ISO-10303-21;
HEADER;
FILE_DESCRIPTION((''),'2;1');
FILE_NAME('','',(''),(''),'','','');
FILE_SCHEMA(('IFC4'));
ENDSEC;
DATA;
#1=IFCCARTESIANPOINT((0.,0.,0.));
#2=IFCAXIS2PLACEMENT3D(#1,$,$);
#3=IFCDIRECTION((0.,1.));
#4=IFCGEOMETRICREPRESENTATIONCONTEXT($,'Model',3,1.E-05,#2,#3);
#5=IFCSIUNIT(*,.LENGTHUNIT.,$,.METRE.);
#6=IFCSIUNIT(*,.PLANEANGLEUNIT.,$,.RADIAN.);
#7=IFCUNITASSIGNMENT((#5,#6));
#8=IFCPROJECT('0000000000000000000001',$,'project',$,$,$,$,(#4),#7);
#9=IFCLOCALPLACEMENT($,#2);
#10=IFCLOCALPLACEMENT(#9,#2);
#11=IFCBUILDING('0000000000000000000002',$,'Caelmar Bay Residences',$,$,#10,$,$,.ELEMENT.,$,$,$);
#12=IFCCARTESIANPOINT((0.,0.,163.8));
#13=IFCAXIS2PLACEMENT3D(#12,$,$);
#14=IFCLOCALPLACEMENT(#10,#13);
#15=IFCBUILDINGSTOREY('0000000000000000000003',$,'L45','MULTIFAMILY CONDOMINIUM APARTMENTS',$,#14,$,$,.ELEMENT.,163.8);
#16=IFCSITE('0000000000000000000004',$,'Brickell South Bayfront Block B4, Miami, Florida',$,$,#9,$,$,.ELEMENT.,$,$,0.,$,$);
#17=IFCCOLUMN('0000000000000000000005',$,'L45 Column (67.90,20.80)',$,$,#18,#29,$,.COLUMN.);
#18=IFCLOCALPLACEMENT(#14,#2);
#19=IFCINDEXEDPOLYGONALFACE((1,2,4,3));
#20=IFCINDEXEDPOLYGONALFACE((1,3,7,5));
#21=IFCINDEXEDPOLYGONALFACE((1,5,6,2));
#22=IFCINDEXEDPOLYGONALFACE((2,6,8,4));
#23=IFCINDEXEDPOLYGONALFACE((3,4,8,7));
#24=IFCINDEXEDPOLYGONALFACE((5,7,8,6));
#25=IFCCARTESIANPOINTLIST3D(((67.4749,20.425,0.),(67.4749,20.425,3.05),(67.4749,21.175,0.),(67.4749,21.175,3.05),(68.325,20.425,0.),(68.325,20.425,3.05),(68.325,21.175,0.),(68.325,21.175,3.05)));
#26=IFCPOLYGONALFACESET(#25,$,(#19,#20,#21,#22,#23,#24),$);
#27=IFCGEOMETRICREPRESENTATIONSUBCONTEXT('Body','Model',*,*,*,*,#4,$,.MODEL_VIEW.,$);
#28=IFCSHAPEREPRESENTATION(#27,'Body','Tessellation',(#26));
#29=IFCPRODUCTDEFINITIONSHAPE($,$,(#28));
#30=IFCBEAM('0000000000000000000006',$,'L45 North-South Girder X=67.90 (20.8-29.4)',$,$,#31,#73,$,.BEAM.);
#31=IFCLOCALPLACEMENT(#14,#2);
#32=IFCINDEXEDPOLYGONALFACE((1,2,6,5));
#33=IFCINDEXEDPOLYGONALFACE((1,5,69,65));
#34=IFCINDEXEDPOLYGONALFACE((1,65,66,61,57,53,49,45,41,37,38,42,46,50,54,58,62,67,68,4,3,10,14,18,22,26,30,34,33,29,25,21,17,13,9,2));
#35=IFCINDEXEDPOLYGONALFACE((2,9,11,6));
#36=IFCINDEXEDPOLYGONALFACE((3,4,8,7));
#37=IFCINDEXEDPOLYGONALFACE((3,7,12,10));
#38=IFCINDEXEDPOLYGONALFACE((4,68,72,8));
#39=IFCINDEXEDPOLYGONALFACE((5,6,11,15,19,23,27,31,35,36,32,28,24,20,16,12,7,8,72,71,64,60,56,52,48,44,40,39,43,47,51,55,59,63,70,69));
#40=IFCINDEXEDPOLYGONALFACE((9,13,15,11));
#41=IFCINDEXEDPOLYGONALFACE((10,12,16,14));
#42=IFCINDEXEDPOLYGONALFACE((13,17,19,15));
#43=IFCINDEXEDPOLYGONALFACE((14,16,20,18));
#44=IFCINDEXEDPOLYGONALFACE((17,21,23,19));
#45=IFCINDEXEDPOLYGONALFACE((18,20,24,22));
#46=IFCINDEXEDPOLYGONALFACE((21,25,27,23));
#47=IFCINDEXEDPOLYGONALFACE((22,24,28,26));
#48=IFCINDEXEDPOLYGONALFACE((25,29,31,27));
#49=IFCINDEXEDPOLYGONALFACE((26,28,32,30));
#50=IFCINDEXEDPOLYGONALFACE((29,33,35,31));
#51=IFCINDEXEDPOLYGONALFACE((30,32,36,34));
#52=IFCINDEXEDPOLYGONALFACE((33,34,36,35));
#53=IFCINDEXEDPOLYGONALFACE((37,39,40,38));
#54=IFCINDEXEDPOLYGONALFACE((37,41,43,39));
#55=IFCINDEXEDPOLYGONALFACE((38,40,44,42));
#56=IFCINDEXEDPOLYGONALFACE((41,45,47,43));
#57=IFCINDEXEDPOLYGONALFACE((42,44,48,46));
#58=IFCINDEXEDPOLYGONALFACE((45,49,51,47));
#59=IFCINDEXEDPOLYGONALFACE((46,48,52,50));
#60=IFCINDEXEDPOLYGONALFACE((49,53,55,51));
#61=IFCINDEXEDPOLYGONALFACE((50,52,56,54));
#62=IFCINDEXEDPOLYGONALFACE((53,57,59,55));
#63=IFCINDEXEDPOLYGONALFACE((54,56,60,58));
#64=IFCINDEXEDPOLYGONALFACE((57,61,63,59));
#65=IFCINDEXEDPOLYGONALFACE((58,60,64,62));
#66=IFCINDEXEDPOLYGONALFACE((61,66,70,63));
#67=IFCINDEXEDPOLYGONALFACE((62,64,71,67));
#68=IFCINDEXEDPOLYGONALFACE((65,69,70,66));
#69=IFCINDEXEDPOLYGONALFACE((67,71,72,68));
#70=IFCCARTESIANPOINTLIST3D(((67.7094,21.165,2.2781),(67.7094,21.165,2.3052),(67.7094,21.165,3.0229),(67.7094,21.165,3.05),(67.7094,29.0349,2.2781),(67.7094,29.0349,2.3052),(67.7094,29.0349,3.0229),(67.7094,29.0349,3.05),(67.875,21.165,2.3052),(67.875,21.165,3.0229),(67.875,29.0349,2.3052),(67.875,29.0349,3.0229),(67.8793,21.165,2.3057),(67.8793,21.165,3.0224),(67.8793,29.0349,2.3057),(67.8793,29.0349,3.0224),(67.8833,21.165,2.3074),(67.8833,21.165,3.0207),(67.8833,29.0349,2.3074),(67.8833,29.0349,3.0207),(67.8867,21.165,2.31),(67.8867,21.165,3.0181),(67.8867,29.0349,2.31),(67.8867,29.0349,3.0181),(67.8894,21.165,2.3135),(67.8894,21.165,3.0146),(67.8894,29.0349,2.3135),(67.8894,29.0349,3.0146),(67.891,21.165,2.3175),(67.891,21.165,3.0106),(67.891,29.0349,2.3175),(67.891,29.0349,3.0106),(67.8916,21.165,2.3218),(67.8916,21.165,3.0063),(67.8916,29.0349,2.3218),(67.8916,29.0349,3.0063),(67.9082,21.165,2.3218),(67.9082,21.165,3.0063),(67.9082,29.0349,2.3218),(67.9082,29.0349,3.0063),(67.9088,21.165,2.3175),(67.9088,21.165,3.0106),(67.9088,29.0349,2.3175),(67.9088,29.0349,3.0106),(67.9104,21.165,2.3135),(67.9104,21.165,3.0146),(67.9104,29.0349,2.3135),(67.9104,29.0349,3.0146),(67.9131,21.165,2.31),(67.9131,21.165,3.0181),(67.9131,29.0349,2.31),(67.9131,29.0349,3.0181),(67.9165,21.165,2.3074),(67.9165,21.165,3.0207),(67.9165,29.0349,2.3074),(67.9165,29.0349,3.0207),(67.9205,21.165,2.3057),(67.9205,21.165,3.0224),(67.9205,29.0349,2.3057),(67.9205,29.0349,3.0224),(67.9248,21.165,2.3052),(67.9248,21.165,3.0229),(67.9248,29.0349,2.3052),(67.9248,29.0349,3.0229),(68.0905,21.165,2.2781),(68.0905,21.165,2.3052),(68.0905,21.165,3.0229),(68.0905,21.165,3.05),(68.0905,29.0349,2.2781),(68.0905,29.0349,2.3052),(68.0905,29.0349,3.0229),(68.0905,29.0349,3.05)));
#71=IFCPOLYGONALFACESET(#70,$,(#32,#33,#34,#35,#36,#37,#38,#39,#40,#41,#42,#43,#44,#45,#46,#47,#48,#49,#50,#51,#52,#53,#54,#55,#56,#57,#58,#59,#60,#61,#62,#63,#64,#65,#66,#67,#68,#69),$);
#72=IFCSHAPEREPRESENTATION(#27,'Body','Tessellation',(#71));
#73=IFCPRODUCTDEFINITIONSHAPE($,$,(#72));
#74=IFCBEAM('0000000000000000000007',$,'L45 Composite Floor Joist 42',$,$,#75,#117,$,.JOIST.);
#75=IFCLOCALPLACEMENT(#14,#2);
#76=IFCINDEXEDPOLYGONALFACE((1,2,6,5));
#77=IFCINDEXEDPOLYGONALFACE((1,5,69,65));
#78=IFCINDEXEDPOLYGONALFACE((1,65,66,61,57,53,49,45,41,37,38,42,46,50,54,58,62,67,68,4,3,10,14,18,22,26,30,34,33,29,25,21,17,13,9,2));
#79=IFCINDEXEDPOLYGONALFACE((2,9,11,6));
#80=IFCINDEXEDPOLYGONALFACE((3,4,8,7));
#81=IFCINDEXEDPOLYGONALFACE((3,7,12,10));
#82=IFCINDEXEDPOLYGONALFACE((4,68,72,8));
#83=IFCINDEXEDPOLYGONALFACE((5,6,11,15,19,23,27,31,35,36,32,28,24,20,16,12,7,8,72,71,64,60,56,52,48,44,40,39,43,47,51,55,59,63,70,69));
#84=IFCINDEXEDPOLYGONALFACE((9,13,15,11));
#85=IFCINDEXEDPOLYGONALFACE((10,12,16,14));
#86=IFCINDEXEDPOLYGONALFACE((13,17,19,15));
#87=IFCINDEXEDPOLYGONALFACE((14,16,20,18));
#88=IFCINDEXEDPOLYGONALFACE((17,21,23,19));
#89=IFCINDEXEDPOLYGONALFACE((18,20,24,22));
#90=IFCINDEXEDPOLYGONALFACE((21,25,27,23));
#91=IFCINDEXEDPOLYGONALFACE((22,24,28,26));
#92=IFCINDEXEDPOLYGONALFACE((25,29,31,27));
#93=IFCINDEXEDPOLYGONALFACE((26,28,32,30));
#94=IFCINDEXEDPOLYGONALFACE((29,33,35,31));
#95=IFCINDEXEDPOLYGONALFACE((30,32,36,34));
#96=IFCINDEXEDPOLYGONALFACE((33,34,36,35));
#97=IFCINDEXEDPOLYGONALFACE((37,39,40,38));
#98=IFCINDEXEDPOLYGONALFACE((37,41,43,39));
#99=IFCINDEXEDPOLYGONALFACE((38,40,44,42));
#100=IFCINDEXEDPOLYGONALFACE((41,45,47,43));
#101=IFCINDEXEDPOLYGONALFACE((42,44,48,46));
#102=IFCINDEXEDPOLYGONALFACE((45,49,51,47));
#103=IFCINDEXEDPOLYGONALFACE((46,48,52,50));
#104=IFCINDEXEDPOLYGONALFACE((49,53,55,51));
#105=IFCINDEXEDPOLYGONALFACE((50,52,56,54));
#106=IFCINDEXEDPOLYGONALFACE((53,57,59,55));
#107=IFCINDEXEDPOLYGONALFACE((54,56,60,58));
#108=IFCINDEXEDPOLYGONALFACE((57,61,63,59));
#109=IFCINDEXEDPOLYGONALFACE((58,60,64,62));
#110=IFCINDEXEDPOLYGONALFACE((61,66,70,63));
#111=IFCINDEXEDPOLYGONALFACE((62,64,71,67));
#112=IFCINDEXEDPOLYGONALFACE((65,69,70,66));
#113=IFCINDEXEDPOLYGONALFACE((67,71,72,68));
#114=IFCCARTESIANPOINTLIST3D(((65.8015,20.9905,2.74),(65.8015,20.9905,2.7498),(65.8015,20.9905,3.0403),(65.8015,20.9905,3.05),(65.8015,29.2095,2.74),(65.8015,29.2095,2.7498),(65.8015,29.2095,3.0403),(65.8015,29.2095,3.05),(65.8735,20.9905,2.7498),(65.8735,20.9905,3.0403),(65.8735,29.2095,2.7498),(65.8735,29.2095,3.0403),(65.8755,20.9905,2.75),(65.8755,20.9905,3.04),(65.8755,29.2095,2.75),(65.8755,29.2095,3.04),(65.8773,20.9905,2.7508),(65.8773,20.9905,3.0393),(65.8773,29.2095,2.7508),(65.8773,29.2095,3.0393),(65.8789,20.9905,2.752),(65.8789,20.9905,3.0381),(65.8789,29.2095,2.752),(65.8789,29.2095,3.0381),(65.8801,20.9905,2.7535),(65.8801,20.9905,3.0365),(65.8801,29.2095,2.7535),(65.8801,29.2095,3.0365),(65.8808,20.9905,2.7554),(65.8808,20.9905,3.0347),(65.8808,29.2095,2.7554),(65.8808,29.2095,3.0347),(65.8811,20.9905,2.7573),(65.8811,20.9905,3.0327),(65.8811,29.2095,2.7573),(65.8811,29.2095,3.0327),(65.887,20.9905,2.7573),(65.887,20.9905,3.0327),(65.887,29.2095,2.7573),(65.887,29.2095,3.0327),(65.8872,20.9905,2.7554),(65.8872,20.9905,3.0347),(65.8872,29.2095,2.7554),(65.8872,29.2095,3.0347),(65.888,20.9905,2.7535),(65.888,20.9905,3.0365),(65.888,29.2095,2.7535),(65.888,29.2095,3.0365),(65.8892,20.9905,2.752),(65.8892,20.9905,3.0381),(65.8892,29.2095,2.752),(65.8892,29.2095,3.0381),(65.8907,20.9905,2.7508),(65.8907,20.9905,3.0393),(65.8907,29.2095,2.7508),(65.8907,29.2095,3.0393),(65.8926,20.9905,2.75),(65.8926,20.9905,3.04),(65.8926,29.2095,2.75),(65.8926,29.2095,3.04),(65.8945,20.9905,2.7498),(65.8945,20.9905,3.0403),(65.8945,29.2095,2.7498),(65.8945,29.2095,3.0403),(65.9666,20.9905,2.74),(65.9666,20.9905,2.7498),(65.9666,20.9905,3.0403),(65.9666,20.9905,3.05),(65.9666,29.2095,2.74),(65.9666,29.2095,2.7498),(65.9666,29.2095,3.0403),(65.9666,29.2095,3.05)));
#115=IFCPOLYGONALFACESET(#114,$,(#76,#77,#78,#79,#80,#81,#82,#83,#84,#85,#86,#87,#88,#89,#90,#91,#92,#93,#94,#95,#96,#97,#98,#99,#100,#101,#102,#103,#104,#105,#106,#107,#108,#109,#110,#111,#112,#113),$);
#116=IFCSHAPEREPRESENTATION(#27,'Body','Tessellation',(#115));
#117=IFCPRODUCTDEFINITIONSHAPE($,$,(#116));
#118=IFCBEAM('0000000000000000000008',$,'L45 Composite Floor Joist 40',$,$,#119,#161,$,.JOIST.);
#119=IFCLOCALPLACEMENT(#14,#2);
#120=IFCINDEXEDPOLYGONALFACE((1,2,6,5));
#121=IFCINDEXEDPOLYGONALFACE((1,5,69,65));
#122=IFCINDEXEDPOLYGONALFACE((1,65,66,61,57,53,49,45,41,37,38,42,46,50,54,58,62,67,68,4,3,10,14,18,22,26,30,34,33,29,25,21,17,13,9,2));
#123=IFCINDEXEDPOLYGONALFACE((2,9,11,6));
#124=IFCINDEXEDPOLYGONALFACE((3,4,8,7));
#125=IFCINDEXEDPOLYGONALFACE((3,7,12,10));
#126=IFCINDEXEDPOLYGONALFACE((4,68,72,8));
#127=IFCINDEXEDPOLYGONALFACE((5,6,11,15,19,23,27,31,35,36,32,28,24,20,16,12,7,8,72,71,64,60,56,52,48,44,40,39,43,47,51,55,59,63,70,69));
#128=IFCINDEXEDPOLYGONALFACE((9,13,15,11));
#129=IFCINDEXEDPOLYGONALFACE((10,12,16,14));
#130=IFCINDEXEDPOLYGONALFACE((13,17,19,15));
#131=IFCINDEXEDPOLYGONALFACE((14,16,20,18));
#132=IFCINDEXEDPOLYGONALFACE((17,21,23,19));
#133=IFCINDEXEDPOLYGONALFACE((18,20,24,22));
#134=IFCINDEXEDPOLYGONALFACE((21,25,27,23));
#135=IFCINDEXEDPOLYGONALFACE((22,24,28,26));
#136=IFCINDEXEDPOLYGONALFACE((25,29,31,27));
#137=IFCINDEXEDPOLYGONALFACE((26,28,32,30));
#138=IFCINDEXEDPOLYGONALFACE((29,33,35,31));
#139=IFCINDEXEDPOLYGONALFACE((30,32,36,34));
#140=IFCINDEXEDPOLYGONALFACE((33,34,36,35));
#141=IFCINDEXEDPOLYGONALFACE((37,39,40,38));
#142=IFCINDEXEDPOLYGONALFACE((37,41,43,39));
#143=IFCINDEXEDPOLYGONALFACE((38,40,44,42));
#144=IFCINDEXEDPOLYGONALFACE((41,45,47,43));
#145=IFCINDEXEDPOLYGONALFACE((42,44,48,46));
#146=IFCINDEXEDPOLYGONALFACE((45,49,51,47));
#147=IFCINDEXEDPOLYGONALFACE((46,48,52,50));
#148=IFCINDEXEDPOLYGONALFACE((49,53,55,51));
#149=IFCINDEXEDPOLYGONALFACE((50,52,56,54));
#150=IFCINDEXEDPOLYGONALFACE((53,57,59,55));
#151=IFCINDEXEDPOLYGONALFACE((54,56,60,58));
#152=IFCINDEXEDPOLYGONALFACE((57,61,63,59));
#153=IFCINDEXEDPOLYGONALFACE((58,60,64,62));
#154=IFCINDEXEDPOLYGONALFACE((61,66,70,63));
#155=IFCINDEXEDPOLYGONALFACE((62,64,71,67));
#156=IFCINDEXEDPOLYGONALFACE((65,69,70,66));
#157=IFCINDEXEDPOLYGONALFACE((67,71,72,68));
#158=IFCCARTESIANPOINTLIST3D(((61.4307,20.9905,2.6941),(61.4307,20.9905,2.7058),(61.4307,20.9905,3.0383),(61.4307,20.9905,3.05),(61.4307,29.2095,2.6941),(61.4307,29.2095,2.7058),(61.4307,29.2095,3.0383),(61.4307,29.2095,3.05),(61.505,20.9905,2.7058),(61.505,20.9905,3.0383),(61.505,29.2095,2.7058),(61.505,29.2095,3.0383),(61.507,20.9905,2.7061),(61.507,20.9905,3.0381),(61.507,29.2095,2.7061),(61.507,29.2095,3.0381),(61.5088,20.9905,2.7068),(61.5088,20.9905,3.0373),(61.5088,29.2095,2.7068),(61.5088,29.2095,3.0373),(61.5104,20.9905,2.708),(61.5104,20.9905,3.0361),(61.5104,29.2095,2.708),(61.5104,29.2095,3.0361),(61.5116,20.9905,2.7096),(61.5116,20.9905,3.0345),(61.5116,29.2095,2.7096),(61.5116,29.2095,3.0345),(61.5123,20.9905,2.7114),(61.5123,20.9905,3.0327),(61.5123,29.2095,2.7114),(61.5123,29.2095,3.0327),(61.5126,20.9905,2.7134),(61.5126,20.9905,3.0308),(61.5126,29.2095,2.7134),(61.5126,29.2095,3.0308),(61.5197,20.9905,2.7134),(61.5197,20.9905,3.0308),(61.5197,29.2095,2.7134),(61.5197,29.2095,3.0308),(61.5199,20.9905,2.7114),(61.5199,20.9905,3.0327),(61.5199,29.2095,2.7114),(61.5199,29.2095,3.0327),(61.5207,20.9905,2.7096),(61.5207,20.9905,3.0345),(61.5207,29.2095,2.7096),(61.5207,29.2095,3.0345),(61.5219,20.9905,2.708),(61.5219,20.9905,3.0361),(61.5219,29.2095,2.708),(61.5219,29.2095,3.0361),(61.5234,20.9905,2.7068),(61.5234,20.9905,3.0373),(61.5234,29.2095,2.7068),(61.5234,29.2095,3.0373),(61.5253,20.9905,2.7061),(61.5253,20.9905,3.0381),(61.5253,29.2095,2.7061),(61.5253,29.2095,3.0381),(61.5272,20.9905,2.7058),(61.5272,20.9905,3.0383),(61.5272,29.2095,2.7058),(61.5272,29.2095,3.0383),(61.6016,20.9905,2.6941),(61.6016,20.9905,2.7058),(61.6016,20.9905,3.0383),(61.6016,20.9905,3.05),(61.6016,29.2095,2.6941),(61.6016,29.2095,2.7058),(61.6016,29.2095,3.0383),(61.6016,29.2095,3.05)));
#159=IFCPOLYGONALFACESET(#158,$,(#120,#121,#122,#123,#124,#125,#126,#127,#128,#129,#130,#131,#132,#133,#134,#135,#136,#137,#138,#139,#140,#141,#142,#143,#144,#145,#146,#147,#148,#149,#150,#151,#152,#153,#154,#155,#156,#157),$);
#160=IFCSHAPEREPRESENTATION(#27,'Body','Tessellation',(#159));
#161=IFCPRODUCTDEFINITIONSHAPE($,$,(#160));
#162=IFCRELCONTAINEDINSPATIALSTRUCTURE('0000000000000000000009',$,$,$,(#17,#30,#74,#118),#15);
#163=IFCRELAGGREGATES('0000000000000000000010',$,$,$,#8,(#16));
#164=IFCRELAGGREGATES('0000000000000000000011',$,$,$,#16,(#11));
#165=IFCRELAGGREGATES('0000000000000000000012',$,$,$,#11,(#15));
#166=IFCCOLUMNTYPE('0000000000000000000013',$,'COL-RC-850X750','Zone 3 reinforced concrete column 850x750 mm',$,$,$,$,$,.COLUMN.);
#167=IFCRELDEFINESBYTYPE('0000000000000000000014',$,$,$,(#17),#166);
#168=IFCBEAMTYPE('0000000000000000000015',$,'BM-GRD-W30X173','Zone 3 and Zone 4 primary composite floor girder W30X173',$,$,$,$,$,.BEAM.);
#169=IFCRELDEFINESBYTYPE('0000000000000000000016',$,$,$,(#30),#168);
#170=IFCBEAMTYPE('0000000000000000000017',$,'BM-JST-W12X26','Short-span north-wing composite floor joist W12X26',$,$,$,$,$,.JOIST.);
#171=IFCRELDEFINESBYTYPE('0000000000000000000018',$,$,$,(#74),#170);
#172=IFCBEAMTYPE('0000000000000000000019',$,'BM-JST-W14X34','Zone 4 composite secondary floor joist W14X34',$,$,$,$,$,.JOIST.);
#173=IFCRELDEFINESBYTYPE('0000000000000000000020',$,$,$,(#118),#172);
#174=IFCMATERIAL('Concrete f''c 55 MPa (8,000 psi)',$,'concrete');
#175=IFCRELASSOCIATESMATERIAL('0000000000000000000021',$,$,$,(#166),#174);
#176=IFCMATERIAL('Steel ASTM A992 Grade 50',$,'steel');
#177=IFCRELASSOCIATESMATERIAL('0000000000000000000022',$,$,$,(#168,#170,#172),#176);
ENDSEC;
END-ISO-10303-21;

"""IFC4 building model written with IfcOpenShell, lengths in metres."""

from ifc_helpers import new_model, si_unit, direction, frame, origin, origin_2d, place, context, subcontext, project, spatial, rectangle, i_section, extrude, material, material_profile, profile_set, type_object, element, save


model = new_model("IFC4")

# Units and contexts
model_context = context("Model", 3, precision=1e-05, world=origin(), true_north=direction((0.0, 1.0)))
body_context = subcontext(model_context, "Body", "Model", "MODEL_VIEW")
ifc_project = project(units=[si_unit("LENGTHUNIT", "METRE"), si_unit("PLANEANGLEUNIT", "RADIAN")], contexts=[model_context])

# Site, building, storey
site_placement = place(None, origin())
site = spatial("IfcSite", under=ifc_project, at=site_placement, Name="Brickell South Bayfront Block B4, Miami, Florida", CompositionType="ELEMENT", RefElevation=0.0)
building_placement = place(site_placement, origin())
building = spatial("IfcBuilding", under=site, at=building_placement, Name="Caelmar Bay Residences", CompositionType="ELEMENT")
storey_placement = place(building_placement, frame((0.0, 0.0, 163.8)))
storey = spatial("IfcBuildingStorey", under=building, at=storey_placement, Name="L45", Description="MULTIFAMILY CONDOMINIUM APARTMENTS", CompositionType="ELEMENT", Elevation=163.8)

# Column
ifc_material_1 = material(Name="Concrete f'c 55 MPa (8,000 psi)", Category="concrete")
ifc_material_profile_1 = material_profile(ifc_material_1, rectangle(XDim=0.8501, YDim=0.75, at=origin_2d()), Name="RC-COL-850X750")
ifc_profile_set_1 = profile_set([ifc_material_profile_1], Name="Concrete f'c 55 MPa (8,000 psi)")
column_type = type_object("IfcColumnType", Name="COL-RC-850X750", Description="Zone 3 reinforced concrete column 850x750 mm", PredefinedType="COLUMN", material=ifc_profile_set_1)
column_placement = place(storey_placement, frame((67.8999, 20.8, 0.0), z_axis=(0.0, 0.0, 1.0), x_axis=(1.0, 0.0, 0.0)))
element("IfcColumn", 1, at=column_placement, inside=storey, type_object=column_type, Name="L45 Column (67.90,20.80)", PredefinedType="COLUMN", context=body_context, shape_type="SweptSolid", body=[
    extrude(rectangle(XDim=0.8501, YDim=0.75, at=origin_2d()), origin(), (0.0, 0.0, 1.0), 3.05),
])

# Beams
ifc_material_2 = material(Name="Steel ASTM A992 Grade 50", Category="steel")
ifc_material_profile_2 = material_profile(ifc_material_2, i_section(OverallWidth=0.3811, OverallDepth=0.772, WebThickness=0.0166, FlangeThickness=0.0271, FilletRadius=0.0166, at=origin_2d()), Name="W30X173")
ifc_profile_set_2 = profile_set([ifc_material_profile_2], Name="Steel ASTM A992 Grade 50")
beam_type_1 = type_object("IfcBeamType", Name="BM-GRD-W30X173", Description="Zone 3 and Zone 4 primary composite floor girder W30X173", PredefinedType="BEAM", material=ifc_profile_set_2)
beam_1_placement = place(storey_placement, frame((67.8999, 21.165, 2.6641), z_axis=(0.0, 1.0, 0.0), x_axis=(-1.0, 0.0, 0.0)))
element("IfcBeam", 2, at=beam_1_placement, inside=storey, type_object=beam_type_1, Name="L45 North-South Girder X=67.90 (20.8-29.4)", PredefinedType="BEAM", context=body_context, shape_type="SweptSolid", body=[
    extrude(i_section(OverallWidth=0.3811, OverallDepth=0.772, WebThickness=0.0166, FlangeThickness=0.0271, FilletRadius=0.0166, at=origin_2d()), origin(), (0.0, 0.0, 1.0), 7.8699),
])
ifc_material_profile_3 = material_profile(ifc_material_2, i_section(OverallWidth=0.165, OverallDepth=0.3101, WebThickness=0.0059, FlangeThickness=0.0098, FilletRadius=0.0076, at=origin_2d()), Name="W12X26")
ifc_profile_set_3 = profile_set([ifc_material_profile_3], Name="Steel ASTM A992 Grade 50")
beam_type_2 = type_object("IfcBeamType", Name="BM-JST-W12X26", Description="Short-span north-wing composite floor joist W12X26", PredefinedType="JOIST", material=ifc_profile_set_3)
beam_2_placement = place(storey_placement, frame((65.884, 20.9905, 2.895), z_axis=(0.0, 1.0, 0.0), x_axis=(-1.0, 0.0, 0.0)))
element("IfcBeam", 3, at=beam_2_placement, inside=storey, type_object=beam_type_2, Name="L45 Composite Floor Joist 42", PredefinedType="JOIST", context=body_context, shape_type="SweptSolid", body=[
    extrude(i_section(OverallWidth=0.165, OverallDepth=0.3101, WebThickness=0.0059, FlangeThickness=0.0098, FilletRadius=0.0076, at=origin_2d()), origin(), (0.0, 0.0, 1.0), 8.219),
])
ifc_material_profile_4 = material_profile(ifc_material_2, i_section(OverallWidth=0.1709, OverallDepth=0.356, WebThickness=0.0071, FlangeThickness=0.0117, FilletRadius=0.0076, at=origin_2d()), Name="W14X34")
ifc_profile_set_4 = profile_set([ifc_material_profile_4], Name="Steel ASTM A992 Grade 50")
beam_type_3 = type_object("IfcBeamType", Name="BM-JST-W14X34", Description="Zone 4 composite secondary floor joist W14X34", PredefinedType="JOIST", material=ifc_profile_set_4)
beam_3_placement = place(storey_placement, frame((61.5161, 20.9905, 2.8721), z_axis=(0.0, 1.0, 0.0), x_axis=(-1.0, 0.0, 0.0)))
element("IfcBeam", 4, at=beam_3_placement, inside=storey, type_object=beam_type_3, Name="L45 Composite Floor Joist 40", PredefinedType="JOIST", context=body_context, shape_type="SweptSolid", body=[
    extrude(i_section(OverallWidth=0.1709, OverallDepth=0.356, WebThickness=0.0071, FlangeThickness=0.0117, FilletRadius=0.0076, at=origin_2d()), origin(), (0.0, 0.0, 1.0), 8.219),
])

save(model, "model.ifc")
